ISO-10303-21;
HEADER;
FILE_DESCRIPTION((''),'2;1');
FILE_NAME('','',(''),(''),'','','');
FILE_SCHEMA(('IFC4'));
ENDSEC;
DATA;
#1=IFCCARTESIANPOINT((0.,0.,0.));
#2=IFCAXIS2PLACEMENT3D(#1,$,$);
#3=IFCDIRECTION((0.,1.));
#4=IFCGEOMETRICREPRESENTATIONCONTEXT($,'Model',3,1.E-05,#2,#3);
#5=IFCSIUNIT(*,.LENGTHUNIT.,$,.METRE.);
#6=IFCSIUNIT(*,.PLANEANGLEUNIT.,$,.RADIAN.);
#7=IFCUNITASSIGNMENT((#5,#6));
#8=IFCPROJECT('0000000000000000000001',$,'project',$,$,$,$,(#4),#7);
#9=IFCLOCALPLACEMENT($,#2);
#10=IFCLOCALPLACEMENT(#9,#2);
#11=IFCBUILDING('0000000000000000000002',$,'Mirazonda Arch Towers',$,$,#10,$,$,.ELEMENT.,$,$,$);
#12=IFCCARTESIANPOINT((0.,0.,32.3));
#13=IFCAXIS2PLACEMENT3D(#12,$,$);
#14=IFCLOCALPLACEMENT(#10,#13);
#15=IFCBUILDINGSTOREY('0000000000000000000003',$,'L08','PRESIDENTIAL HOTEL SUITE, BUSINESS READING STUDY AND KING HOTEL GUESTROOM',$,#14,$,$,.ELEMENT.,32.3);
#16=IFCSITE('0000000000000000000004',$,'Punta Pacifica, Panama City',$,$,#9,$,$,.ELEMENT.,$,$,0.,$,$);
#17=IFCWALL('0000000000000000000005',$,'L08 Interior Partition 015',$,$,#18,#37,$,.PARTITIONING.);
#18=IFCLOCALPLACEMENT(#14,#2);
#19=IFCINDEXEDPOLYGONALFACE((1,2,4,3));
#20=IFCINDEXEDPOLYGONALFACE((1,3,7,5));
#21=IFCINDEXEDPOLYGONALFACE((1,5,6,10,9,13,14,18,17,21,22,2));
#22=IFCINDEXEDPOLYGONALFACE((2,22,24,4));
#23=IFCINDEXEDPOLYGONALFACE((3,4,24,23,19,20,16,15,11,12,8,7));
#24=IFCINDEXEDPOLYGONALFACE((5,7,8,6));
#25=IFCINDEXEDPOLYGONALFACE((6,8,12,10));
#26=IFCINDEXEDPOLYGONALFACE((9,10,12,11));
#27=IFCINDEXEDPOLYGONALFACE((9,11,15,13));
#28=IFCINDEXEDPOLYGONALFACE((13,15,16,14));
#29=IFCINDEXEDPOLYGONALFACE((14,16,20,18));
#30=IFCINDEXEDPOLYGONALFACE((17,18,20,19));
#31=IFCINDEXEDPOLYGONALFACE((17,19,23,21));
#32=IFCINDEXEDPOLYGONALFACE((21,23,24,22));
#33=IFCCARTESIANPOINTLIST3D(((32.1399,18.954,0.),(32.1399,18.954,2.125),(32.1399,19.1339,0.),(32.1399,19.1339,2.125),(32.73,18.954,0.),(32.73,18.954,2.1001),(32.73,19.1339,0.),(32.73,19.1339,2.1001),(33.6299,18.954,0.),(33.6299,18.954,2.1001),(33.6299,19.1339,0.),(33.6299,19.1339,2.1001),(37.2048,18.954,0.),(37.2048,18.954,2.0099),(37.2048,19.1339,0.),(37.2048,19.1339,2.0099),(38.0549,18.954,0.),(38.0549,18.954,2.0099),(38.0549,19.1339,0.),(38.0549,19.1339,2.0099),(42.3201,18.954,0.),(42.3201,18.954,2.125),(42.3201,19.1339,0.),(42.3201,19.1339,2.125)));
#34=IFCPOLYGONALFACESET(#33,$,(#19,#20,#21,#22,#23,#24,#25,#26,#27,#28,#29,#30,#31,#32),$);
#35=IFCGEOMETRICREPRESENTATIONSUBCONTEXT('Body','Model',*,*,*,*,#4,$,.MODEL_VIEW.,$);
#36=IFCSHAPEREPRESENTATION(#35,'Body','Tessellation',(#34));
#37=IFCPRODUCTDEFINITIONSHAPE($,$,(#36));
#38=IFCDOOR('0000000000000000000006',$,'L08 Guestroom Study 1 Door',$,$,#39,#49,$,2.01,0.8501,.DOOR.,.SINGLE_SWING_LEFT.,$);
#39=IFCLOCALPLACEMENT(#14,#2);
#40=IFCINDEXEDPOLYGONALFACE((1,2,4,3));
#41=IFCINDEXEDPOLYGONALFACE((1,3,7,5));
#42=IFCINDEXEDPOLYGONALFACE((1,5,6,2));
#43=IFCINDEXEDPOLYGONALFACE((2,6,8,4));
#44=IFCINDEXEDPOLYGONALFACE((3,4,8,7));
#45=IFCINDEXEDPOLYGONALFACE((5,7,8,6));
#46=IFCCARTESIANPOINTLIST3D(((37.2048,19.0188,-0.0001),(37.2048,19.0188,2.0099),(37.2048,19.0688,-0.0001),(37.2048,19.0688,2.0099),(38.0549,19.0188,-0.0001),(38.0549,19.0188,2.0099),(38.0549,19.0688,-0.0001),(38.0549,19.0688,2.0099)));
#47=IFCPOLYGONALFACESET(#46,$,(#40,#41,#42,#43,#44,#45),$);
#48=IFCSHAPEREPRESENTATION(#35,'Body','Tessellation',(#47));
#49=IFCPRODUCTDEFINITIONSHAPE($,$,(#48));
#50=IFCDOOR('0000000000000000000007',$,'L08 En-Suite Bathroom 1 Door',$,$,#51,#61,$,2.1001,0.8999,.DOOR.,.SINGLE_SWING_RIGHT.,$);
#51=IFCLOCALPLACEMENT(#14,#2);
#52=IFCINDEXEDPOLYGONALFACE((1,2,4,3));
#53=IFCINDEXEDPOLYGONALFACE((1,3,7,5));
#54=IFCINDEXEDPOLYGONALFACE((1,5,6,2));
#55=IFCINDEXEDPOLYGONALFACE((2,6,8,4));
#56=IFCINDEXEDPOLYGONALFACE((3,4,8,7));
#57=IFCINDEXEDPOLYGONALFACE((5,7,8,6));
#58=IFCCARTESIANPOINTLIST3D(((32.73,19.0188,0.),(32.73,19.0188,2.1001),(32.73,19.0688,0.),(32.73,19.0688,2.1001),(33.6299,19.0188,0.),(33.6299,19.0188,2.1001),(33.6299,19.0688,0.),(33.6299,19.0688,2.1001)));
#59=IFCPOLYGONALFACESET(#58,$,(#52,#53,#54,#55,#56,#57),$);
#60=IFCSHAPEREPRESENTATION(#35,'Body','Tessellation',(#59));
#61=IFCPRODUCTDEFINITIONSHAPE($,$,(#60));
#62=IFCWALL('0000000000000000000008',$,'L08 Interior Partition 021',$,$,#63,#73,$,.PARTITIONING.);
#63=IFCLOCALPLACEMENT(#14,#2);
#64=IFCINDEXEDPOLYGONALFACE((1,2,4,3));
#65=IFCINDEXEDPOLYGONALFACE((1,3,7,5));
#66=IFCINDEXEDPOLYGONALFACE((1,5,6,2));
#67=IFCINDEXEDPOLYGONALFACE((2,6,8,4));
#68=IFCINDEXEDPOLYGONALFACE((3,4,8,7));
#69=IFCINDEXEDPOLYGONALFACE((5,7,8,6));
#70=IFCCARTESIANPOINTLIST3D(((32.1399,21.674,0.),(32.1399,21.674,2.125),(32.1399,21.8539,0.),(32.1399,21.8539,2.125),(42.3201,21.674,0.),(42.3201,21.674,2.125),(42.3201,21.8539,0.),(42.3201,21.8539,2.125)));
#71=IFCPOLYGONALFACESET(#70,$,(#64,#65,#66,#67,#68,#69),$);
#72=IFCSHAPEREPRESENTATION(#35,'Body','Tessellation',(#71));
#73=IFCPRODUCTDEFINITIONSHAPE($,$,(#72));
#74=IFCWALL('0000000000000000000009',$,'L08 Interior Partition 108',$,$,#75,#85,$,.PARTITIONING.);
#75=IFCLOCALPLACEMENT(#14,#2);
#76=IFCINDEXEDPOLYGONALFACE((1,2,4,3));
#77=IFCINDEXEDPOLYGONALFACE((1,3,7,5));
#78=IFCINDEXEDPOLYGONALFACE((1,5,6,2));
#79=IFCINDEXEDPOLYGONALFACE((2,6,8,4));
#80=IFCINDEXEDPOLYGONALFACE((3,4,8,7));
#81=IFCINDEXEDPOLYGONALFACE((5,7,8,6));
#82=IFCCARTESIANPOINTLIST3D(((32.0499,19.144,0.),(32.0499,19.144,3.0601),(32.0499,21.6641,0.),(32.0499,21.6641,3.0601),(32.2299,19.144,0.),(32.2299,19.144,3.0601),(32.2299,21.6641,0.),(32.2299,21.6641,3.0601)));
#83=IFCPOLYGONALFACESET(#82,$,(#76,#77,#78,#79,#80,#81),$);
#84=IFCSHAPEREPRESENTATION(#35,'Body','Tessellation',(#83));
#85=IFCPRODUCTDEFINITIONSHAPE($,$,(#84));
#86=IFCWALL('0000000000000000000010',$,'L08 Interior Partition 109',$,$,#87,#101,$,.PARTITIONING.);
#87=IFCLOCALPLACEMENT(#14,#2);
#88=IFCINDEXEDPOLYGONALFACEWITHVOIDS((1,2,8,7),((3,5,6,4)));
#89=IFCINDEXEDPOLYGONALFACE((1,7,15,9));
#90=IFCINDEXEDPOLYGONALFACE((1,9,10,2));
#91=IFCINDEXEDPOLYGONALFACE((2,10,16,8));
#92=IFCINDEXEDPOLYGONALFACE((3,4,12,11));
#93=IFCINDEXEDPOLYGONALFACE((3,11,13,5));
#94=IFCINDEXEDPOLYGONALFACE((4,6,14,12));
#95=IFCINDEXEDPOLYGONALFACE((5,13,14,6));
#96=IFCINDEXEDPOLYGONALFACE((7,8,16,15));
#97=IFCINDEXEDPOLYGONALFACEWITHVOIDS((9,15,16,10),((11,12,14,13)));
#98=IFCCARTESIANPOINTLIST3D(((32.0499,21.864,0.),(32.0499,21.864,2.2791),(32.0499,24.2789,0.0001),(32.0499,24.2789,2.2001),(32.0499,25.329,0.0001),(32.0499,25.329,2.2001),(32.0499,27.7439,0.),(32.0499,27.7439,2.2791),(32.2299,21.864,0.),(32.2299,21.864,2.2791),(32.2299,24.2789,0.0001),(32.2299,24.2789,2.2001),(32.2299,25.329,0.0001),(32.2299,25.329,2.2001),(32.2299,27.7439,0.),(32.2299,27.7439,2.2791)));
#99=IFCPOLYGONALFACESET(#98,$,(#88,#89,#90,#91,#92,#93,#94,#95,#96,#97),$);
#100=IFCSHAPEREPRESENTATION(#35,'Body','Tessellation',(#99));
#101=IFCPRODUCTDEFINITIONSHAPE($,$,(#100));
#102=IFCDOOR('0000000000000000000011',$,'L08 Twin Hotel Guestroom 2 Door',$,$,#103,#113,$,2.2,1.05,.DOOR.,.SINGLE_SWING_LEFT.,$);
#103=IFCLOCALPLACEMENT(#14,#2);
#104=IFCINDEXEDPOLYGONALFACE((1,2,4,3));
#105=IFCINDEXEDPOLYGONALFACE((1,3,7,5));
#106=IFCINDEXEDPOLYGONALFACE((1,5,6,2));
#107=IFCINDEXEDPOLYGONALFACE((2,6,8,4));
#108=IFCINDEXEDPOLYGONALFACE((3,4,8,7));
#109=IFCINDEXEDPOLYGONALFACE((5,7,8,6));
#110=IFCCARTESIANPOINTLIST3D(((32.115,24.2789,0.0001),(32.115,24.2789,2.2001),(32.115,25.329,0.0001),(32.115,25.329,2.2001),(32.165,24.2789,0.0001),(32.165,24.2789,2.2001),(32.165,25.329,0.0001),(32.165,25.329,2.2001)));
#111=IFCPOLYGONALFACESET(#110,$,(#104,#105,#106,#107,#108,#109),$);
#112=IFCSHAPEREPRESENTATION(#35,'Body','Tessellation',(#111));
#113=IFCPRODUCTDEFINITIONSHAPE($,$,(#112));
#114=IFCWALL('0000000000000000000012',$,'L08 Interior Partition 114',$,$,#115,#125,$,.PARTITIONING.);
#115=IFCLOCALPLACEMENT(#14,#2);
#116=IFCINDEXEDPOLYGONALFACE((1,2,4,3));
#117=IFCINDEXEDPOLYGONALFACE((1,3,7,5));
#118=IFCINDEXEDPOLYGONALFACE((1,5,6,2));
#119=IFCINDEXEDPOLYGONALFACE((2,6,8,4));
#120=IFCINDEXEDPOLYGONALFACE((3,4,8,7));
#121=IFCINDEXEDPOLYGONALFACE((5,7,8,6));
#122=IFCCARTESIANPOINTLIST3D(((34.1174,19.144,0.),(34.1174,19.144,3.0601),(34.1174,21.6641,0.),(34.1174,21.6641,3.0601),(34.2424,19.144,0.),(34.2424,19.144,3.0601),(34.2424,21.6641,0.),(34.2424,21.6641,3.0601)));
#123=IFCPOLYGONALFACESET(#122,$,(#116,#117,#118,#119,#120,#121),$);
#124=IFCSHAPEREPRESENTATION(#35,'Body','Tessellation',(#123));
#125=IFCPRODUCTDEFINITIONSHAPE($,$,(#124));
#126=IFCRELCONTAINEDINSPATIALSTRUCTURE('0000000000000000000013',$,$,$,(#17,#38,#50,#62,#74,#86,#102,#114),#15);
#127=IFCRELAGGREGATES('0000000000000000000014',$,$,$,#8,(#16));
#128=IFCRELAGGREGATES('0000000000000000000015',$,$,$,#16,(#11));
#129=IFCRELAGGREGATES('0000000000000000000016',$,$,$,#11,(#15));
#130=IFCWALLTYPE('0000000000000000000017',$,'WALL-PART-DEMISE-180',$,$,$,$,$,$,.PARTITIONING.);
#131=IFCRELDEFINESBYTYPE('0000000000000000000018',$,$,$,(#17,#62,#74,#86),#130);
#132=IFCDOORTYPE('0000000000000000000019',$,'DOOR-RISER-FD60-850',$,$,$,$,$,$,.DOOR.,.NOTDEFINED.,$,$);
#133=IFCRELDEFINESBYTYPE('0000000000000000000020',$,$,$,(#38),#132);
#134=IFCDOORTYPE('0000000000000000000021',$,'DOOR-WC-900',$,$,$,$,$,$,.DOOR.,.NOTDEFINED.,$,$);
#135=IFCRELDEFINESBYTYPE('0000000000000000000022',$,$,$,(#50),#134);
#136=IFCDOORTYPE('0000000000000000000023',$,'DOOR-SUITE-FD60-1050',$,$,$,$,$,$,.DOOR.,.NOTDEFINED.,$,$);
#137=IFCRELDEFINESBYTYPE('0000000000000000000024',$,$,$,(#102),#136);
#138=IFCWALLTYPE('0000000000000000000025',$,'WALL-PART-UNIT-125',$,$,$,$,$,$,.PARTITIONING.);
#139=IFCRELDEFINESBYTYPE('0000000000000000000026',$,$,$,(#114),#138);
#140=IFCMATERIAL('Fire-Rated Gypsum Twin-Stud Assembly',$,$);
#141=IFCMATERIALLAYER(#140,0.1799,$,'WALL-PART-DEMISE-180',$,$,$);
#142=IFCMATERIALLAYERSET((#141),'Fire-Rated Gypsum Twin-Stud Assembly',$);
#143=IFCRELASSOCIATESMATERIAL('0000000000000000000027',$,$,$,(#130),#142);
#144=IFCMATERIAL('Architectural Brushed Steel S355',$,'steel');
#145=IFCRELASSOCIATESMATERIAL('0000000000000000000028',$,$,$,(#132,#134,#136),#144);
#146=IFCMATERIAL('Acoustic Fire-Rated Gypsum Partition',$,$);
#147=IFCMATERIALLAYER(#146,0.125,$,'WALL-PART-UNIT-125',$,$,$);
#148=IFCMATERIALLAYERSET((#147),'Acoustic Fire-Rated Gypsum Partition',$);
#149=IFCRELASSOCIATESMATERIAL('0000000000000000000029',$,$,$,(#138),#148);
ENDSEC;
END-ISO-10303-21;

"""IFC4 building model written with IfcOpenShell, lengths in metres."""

from ifc_helpers import new_model, si_unit, direction, frame, frame_2d, origin, place, context, subcontext, project, spatial, rectangle, extrude, material, layer, layer_set, type_object, element, fill, save


model = new_model("IFC4")

# Units and contexts
model_context = context("Model", 3, precision=1e-05, world=origin(), true_north=direction((0.0, 1.0)))
body_context = subcontext(model_context, "Body", "Model", "MODEL_VIEW")
ifc_project = project(units=[si_unit("LENGTHUNIT", "METRE"), si_unit("PLANEANGLEUNIT", "RADIAN")], contexts=[model_context])

# Site, building, storey
site_placement = place(None, origin())
site = spatial("IfcSite", under=ifc_project, at=site_placement, Name="Punta Pacifica, Panama City", CompositionType="ELEMENT", RefElevation=0.0)
building_placement = place(site_placement, origin())
building = spatial("IfcBuilding", under=site, at=building_placement, Name="Mirazonda Arch Towers", CompositionType="ELEMENT")
storey_placement = place(building_placement, frame((0.0, 0.0, 32.3)))
storey = spatial("IfcBuildingStorey", under=building, at=storey_placement, Name="L08", Description="PRESIDENTIAL HOTEL SUITE, BUSINESS READING STUDY AND KING HOTEL GUESTROOM", CompositionType="ELEMENT", Elevation=32.3)

# Wall, openings, doors
ifc_material_1 = material(Name="Fire-Rated Gypsum Twin-Stud Assembly")
ifc_layer_1 = layer(ifc_material_1, 0.1799, Name="WALL-PART-DEMISE-180")
ifc_layer_set_1 = layer_set([ifc_layer_1], Name="Fire-Rated Gypsum Twin-Stud Assembly")
wall_type_1 = type_object("IfcWallType", Name="WALL-PART-DEMISE-180", PredefinedType="PARTITIONING", material=ifc_layer_set_1)
wall_1_placement = place(storey_placement, frame((32.1399, 19.0439, 0.0), z_axis=(0.0, 0.0, 1.0), x_axis=(1.0, 0.0, 0.0)))
wall_1 = element("IfcWall", 1, at=wall_1_placement, inside=storey, type_object=wall_type_1, Name="L08 Interior Partition 015", PredefinedType="PARTITIONING", context=body_context, shape_type="SweptSolid", body=[
    extrude(rectangle(XDim=10.1802, YDim=0.1799, at=frame_2d((5.0901, 0.0))), origin(), (0.0, 0.0, 1.0), 2.125),
])
opening_1_placement = place(wall_1_placement, frame((5.0649, 0.0, 0.0)))
opening_1 = element("IfcOpeningElement", 2, at=opening_1_placement, cuts=wall_1, PredefinedType="OPENING", context=body_context, shape_type="SweptSolid", body=[
    extrude(rectangle(XDim=0.8501, YDim=2.01, at=frame_2d((0.425, 1.0049))), frame((0.0, 0.0999, 0.0), z_axis=(0.0, -1.0, 0.0), x_axis=(1.0, 0.0, 0.0)), (0.0, 0.0, 1.0), 0.2),
])
opening_2_placement = place(wall_1_placement, frame((0.5901, 0.0, 0.0)))
opening_2 = element("IfcOpeningElement", 3, at=opening_2_placement, cuts=wall_1, PredefinedType="OPENING", context=body_context, shape_type="SweptSolid", body=[
    extrude(rectangle(XDim=0.8999, YDim=2.1001, at=frame_2d((0.45, 1.05))), frame((0.0, 0.0999, 0.0), z_axis=(0.0, -1.0, 0.0), x_axis=(1.0, 0.0, 0.0)), (0.0, 0.0, 1.0), 0.2),
])
ifc_material_2 = material(Name="Architectural Brushed Steel S355", Category="steel")
door_type_1 = type_object("IfcDoorType", Name="DOOR-RISER-FD60-850", OperationType="NOTDEFINED", PredefinedType="DOOR", material=ifc_material_2)
door_1_placement = place(opening_1_placement, origin())
door_1 = element("IfcDoor", 4, at=door_1_placement, inside=storey, type_object=door_type_1, Name="L08 Guestroom Study 1 Door", OperationType="SINGLE_SWING_LEFT", OverallHeight=2.01, OverallWidth=0.8501, PredefinedType="DOOR", context=body_context, shape_type="SweptSolid", body=[
    extrude(rectangle(XDim=0.8501, YDim=2.01, at=frame_2d((0.425, 1.0049))), frame((0.0, 0.0249, 0.0), z_axis=(0.0, -1.0, 0.0), x_axis=(1.0, 0.0, 0.0)), (0.0, 0.0, 1.0), 0.05),
])
fill(opening_1, door_1)
door_type_2 = type_object("IfcDoorType", Name="DOOR-WC-900", OperationType="NOTDEFINED", PredefinedType="DOOR", material=ifc_material_2)
door_2_placement = place(opening_2_placement, origin())
door_2 = element("IfcDoor", 5, at=door_2_placement, inside=storey, type_object=door_type_2, Name="L08 En-Suite Bathroom 1 Door", OperationType="SINGLE_SWING_RIGHT", OverallHeight=2.1001, OverallWidth=0.8999, PredefinedType="DOOR", context=body_context, shape_type="SweptSolid", body=[
    extrude(rectangle(XDim=0.8999, YDim=2.1001, at=frame_2d((0.45, 1.05))), frame((0.0, 0.0249, 0.0), z_axis=(0.0, -1.0, 0.0), x_axis=(1.0, 0.0, 0.0)), (0.0, 0.0, 1.0), 0.05),
])
fill(opening_2, door_2)

# Walls
wall_2_placement = place(storey_placement, frame((32.1399, 21.7639, 0.0), z_axis=(0.0, 0.0, 1.0), x_axis=(1.0, 0.0, 0.0)))
element("IfcWall", 6, at=wall_2_placement, inside=storey, type_object=wall_type_1, Name="L08 Interior Partition 021", PredefinedType="PARTITIONING", context=body_context, shape_type="SweptSolid", body=[
    extrude(rectangle(XDim=10.1802, YDim=0.1799, at=frame_2d((5.0901, 0.0))), origin(), (0.0, 0.0, 1.0), 2.125),
])
wall_3_placement = place(storey_placement, frame((32.1399, 19.144, 0.0), z_axis=(0.0, 0.0, 1.0), x_axis=(0.0, 1.0, 0.0)))
element("IfcWall", 7, at=wall_3_placement, inside=storey, type_object=wall_type_1, Name="L08 Interior Partition 108", PredefinedType="PARTITIONING", context=body_context, shape_type="SweptSolid", body=[
    extrude(rectangle(XDim=2.52, YDim=0.1799, at=frame_2d((1.26, 0.0))), origin(), (0.0, 0.0, 1.0), 3.0601),
])

# Wall, opening, door
wall_4_placement = place(storey_placement, frame((32.1399, 21.864, 0.0), z_axis=(0.0, 0.0, 1.0), x_axis=(0.0, 1.0, 0.0)))
wall_4 = element("IfcWall", 8, at=wall_4_placement, inside=storey, type_object=wall_type_1, Name="L08 Interior Partition 109", PredefinedType="PARTITIONING", context=body_context, shape_type="SweptSolid", body=[
    extrude(rectangle(XDim=5.8799, YDim=0.1799, at=frame_2d((2.9399, 0.0))), origin(), (0.0, 0.0, 1.0), 2.2791),
])
opening_3_placement = place(wall_4_placement, frame((2.415, 0.0, 0.0)))
opening_3 = element("IfcOpeningElement", 9, at=opening_3_placement, cuts=wall_4, PredefinedType="OPENING", context=body_context, shape_type="SweptSolid", body=[
    extrude(rectangle(XDim=1.05, YDim=2.2, at=frame_2d((0.5249, 1.1001))), frame((0.0, 0.0999, 0.0), z_axis=(0.0, -1.0, 0.0), x_axis=(1.0, 0.0, 0.0)), (0.0, 0.0, 1.0), 0.2),
])
door_type_3 = type_object("IfcDoorType", Name="DOOR-SUITE-FD60-1050", OperationType="NOTDEFINED", PredefinedType="DOOR", material=ifc_material_2)
door_3_placement = place(opening_3_placement, origin())
door_3 = element("IfcDoor", 10, at=door_3_placement, inside=storey, type_object=door_type_3, Name="L08 Twin Hotel Guestroom 2 Door", OperationType="SINGLE_SWING_LEFT", OverallHeight=2.2, OverallWidth=1.05, PredefinedType="DOOR", context=body_context, shape_type="SweptSolid", body=[
    extrude(rectangle(XDim=1.05, YDim=2.2, at=frame_2d((0.5249, 1.1001))), frame((0.0, 0.0249, 0.0), z_axis=(0.0, -1.0, 0.0), x_axis=(1.0, 0.0, 0.0)), (0.0, 0.0, 1.0), 0.05),
])
fill(opening_3, door_3)

# Wall
ifc_material_3 = material(Name="Acoustic Fire-Rated Gypsum Partition")
ifc_layer_2 = layer(ifc_material_3, 0.125, Name="WALL-PART-UNIT-125")
ifc_layer_set_2 = layer_set([ifc_layer_2], Name="Acoustic Fire-Rated Gypsum Partition")
wall_type_2 = type_object("IfcWallType", Name="WALL-PART-UNIT-125", PredefinedType="PARTITIONING", material=ifc_layer_set_2)
wall_5_placement = place(storey_placement, frame((34.1799, 19.144, 0.0), z_axis=(0.0, 0.0, 1.0), x_axis=(0.0, 1.0, 0.0)))
element("IfcWall", 11, at=wall_5_placement, inside=storey, type_object=wall_type_2, Name="L08 Interior Partition 114", PredefinedType="PARTITIONING", context=body_context, shape_type="SweptSolid", body=[
    extrude(rectangle(XDim=2.52, YDim=0.125, at=frame_2d((1.26, 0.0))), origin(), (0.0, 0.0, 1.0), 3.0601),
])

save(model, "model.ifc")
